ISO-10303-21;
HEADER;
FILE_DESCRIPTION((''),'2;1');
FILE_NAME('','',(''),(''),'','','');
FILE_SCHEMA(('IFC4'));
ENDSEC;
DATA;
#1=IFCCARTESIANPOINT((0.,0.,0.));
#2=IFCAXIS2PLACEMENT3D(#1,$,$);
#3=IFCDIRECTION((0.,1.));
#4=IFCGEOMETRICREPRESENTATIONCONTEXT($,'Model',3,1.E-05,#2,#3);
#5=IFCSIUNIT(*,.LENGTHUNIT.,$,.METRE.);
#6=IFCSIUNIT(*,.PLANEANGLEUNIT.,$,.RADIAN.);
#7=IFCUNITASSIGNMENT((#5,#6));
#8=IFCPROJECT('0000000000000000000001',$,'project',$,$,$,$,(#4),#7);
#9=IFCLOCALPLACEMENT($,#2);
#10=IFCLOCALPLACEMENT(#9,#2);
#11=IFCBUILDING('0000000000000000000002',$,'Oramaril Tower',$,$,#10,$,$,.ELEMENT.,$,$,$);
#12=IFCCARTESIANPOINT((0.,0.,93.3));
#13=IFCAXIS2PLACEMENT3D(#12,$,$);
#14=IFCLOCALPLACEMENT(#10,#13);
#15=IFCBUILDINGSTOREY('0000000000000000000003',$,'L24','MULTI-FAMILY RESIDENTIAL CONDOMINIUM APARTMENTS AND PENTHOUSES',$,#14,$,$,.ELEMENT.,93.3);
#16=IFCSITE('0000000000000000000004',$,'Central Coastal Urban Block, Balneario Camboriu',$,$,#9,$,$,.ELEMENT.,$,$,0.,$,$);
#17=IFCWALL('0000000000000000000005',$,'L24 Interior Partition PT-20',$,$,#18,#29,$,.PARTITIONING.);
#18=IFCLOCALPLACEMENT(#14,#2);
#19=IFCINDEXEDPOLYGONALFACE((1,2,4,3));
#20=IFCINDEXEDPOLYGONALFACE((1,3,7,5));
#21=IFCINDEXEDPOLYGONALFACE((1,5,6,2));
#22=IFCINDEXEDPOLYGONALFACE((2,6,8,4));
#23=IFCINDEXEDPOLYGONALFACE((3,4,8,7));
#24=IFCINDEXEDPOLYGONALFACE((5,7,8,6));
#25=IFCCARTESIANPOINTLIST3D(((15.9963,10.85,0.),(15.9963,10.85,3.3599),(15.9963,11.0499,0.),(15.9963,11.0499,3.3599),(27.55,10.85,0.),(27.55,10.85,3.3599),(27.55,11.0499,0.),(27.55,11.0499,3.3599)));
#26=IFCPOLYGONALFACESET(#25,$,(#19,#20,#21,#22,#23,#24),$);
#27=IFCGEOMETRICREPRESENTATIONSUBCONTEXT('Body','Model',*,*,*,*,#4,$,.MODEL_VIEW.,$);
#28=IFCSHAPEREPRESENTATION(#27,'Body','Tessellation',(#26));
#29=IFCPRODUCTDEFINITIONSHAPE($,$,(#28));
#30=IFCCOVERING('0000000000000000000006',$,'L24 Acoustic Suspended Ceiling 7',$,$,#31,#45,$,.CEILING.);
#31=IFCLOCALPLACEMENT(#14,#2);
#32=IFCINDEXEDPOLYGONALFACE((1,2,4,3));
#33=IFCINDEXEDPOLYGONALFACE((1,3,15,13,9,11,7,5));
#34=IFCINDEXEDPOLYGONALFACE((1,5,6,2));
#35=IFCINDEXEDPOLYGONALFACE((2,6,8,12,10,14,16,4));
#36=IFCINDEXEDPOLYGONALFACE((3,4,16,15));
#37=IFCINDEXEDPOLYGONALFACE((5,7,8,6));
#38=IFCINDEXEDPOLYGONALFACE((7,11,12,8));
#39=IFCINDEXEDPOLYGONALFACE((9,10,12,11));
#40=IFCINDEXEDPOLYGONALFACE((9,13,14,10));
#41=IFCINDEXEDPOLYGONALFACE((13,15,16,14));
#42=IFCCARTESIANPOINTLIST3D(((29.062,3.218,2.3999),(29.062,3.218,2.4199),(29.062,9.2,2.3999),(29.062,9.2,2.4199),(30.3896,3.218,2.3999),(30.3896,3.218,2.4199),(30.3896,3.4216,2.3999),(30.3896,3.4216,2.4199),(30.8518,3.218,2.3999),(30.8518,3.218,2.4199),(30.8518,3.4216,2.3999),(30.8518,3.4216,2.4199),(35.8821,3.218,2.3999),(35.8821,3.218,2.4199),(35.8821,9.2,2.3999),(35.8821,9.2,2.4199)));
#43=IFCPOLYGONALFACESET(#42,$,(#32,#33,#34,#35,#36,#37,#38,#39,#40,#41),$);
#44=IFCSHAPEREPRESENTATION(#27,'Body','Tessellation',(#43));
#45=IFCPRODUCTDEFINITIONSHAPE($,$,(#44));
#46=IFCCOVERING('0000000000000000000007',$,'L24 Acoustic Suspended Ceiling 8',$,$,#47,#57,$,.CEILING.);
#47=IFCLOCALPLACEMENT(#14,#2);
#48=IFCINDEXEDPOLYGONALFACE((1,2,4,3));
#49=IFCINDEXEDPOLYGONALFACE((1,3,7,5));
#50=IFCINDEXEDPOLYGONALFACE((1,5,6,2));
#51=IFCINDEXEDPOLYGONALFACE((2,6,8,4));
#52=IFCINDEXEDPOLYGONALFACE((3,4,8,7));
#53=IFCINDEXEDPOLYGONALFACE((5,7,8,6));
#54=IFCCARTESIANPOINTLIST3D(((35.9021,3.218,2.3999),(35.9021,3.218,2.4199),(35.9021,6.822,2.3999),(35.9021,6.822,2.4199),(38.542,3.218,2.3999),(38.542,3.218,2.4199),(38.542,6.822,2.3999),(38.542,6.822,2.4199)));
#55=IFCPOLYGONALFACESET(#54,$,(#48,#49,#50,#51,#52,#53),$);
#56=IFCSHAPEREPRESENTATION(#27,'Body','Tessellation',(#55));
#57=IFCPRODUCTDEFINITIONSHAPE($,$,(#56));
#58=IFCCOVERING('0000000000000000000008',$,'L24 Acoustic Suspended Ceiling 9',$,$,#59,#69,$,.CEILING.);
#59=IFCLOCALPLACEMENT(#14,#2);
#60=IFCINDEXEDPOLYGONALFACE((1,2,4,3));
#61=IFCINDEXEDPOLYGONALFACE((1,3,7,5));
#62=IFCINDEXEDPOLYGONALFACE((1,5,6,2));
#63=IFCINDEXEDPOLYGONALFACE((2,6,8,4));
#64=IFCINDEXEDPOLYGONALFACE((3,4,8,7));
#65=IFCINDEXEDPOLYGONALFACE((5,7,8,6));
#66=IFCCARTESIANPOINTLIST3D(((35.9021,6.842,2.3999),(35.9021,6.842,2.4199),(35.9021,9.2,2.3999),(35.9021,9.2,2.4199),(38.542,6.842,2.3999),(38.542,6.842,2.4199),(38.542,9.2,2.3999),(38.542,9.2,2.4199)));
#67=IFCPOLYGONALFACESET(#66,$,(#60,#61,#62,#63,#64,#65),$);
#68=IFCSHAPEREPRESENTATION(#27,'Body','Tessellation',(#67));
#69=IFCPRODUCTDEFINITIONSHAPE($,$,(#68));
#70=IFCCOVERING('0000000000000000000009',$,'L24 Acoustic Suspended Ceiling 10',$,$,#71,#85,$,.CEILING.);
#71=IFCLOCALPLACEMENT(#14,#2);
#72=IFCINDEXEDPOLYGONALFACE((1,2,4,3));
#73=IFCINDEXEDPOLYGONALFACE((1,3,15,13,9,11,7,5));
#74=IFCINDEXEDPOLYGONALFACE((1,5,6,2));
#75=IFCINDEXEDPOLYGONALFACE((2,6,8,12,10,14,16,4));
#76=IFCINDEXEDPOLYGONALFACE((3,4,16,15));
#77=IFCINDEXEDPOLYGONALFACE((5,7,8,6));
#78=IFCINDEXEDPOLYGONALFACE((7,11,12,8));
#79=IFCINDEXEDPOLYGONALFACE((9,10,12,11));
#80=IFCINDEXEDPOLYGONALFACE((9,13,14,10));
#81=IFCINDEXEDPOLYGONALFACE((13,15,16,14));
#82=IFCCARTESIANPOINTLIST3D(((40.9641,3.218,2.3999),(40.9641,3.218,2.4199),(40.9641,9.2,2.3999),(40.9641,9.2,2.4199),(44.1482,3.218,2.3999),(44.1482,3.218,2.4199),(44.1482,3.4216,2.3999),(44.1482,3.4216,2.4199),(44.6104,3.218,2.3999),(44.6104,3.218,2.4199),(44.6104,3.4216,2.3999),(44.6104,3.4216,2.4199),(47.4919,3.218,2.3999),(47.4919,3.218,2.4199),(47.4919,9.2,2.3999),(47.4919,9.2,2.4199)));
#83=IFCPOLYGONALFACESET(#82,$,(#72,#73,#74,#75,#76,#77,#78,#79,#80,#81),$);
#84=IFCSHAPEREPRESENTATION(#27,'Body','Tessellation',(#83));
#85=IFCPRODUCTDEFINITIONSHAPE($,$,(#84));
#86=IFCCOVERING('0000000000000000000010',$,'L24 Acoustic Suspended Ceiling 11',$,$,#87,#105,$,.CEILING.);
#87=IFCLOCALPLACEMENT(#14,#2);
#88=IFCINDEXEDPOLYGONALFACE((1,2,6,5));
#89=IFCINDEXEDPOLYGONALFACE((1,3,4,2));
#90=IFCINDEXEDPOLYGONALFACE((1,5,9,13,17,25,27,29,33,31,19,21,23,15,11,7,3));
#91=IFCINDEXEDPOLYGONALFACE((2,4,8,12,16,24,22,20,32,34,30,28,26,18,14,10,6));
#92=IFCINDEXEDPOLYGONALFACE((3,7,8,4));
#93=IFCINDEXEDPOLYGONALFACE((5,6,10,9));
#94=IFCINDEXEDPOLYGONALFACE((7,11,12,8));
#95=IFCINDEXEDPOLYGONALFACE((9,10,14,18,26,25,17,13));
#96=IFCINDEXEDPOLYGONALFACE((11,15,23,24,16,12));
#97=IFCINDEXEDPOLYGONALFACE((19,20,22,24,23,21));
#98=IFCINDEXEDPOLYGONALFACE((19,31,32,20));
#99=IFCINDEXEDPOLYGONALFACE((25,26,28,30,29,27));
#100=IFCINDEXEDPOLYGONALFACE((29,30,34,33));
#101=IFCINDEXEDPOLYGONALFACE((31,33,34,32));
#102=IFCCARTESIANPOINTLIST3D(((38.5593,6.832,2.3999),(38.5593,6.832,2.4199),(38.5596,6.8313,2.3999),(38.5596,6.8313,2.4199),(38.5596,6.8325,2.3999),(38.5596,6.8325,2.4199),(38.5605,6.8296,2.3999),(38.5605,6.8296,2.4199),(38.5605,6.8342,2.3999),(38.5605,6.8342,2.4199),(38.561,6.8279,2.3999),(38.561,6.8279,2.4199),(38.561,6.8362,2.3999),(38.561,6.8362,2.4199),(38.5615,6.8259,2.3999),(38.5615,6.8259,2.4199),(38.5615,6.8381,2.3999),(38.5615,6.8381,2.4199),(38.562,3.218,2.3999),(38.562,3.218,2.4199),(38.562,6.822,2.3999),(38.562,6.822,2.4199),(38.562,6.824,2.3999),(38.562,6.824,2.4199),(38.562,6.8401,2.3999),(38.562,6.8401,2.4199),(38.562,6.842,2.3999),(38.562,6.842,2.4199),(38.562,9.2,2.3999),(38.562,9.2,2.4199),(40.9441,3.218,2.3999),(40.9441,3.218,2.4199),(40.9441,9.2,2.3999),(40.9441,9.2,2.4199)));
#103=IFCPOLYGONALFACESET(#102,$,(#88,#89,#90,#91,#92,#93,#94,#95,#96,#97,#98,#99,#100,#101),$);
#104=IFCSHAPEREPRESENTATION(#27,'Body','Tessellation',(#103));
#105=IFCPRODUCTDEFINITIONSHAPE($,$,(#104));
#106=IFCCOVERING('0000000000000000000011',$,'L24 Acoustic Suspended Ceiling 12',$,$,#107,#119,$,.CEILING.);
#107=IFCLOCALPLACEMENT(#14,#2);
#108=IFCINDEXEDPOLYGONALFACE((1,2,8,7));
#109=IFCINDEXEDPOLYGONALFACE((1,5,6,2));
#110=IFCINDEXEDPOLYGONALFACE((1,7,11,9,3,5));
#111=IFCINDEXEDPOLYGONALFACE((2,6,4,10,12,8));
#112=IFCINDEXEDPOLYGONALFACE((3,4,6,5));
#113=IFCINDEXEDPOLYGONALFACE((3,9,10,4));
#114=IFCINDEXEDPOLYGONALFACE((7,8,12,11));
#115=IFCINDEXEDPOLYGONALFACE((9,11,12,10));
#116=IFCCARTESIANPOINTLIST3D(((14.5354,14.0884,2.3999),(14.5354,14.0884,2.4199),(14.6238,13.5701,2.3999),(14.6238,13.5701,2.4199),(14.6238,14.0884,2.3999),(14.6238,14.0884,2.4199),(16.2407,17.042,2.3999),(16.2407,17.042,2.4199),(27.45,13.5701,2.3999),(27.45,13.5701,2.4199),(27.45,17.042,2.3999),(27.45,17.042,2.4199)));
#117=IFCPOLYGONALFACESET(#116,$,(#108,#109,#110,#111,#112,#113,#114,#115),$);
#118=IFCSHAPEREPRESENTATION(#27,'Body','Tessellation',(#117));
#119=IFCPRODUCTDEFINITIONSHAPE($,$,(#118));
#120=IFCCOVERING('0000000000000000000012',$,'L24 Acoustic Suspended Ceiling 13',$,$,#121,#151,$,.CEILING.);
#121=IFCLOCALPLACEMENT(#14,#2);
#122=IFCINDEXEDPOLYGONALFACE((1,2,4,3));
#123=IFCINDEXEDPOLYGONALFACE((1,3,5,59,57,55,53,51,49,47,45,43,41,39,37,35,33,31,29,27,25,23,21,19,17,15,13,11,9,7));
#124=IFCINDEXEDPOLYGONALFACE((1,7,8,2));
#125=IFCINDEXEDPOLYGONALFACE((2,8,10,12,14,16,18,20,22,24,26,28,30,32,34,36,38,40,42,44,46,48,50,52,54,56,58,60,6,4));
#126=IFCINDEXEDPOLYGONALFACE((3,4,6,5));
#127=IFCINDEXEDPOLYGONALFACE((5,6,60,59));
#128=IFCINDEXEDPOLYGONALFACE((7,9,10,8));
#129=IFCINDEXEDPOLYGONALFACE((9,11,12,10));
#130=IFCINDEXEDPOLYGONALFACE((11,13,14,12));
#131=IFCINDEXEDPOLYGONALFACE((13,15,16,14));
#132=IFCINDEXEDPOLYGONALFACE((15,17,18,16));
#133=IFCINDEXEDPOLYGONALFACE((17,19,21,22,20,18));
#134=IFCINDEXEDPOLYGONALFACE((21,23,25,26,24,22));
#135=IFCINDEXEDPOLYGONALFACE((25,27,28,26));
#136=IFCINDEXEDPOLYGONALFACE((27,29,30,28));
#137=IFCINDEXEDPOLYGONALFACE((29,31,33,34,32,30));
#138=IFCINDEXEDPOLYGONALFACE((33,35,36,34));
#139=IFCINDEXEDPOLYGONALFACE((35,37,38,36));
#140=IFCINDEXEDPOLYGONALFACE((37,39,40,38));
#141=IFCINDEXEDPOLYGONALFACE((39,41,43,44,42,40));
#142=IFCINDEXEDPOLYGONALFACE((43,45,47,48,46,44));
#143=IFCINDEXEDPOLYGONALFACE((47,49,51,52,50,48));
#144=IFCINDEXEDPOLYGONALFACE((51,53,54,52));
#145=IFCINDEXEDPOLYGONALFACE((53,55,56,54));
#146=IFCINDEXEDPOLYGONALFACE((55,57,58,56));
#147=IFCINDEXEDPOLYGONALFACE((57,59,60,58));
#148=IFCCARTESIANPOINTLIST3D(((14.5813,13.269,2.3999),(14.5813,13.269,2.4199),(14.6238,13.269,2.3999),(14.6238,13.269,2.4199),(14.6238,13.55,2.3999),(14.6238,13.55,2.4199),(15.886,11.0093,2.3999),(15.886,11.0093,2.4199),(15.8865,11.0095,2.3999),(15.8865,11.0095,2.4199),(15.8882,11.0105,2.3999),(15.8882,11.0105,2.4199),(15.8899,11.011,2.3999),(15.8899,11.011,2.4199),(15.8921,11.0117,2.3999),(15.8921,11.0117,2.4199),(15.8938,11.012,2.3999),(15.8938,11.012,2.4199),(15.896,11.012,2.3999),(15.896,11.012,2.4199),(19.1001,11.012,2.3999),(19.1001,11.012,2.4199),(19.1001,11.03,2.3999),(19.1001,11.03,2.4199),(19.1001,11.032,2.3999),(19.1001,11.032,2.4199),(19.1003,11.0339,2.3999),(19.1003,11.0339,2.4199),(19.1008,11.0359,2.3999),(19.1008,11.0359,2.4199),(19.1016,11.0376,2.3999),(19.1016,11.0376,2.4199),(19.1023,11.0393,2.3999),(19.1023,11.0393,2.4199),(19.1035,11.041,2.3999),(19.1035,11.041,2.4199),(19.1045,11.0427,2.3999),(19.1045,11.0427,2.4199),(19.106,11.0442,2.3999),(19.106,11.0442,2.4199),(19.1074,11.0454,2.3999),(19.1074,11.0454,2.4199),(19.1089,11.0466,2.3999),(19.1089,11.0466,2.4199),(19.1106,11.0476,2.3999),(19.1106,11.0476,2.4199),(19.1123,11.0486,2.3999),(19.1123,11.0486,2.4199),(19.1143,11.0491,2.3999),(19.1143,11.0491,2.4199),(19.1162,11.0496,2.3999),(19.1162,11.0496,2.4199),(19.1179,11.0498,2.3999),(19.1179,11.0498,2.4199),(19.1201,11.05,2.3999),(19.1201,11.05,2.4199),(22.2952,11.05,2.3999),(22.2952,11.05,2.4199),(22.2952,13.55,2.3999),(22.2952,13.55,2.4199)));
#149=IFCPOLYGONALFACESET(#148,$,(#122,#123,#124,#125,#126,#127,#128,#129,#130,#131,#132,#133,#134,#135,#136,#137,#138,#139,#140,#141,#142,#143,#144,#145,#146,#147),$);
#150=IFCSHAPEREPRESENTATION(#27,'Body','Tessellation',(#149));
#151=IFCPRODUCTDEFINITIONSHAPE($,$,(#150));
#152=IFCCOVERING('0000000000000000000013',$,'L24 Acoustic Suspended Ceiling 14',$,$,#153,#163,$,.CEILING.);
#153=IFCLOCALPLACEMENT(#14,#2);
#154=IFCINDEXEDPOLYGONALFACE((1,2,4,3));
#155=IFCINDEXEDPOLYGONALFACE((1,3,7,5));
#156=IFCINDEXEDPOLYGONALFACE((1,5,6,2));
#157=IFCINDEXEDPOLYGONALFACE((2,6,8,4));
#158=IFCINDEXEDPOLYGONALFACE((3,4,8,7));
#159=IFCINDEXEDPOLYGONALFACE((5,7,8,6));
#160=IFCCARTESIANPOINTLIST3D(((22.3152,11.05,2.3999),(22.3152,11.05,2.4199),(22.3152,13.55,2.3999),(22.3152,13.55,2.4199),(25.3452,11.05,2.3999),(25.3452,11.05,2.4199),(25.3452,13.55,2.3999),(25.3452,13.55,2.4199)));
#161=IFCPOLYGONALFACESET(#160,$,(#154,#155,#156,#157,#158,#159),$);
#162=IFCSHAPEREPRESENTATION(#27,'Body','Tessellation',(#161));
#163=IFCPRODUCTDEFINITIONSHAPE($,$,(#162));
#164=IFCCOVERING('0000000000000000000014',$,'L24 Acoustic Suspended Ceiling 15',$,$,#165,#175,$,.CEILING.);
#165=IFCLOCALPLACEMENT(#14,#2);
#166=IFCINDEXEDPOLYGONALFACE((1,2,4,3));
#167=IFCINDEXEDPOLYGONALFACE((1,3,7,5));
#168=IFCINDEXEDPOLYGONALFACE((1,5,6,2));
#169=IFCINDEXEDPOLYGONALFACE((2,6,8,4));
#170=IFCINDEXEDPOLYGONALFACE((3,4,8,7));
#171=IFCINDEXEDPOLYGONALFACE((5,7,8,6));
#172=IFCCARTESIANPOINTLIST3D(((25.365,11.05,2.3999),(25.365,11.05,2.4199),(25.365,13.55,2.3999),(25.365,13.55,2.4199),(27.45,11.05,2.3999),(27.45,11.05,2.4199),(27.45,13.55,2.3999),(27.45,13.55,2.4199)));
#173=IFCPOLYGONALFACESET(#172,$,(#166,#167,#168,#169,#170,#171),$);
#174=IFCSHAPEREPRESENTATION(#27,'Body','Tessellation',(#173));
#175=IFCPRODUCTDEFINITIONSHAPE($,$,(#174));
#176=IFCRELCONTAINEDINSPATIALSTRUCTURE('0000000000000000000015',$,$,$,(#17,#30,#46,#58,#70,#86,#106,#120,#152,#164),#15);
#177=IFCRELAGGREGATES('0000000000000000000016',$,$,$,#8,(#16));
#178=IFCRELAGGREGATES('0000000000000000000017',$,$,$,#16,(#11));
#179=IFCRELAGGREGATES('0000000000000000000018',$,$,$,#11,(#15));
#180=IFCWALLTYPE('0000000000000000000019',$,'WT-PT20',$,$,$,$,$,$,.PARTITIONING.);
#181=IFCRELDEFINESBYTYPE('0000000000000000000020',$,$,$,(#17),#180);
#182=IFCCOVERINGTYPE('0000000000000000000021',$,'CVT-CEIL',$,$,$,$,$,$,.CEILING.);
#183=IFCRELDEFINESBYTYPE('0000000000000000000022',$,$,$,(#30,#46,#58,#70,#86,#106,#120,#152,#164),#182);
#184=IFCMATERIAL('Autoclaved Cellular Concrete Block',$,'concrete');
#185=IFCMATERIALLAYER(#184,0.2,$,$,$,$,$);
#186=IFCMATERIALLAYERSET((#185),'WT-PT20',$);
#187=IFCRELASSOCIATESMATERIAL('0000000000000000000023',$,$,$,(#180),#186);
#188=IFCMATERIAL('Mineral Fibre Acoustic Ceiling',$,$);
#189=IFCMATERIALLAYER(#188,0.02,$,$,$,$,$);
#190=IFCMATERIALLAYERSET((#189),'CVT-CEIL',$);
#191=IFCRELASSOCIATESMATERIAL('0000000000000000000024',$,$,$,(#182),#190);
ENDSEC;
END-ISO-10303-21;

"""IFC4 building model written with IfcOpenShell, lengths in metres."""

from ifc_helpers import new_model, si_unit, direction, frame, frame_2d, origin, place, context, subcontext, project, spatial, polyline, rectangle, outline, extrude, material, layer, layer_set, type_object, element, save


model = new_model("IFC4")

# Units and contexts
model_context = context("Model", 3, precision=1e-05, world=origin(), true_north=direction((0.0, 1.0)))
body_context = subcontext(model_context, "Body", "Model", "MODEL_VIEW")
ifc_project = project(units=[si_unit("LENGTHUNIT", "METRE"), si_unit("PLANEANGLEUNIT", "RADIAN")], contexts=[model_context])

# Site, building, storey
site_placement = place(None, origin())
site = spatial("IfcSite", under=ifc_project, at=site_placement, Name="Central Coastal Urban Block, Balneario Camboriu", CompositionType="ELEMENT", RefElevation=0.0)
building_placement = place(site_placement, origin())
building = spatial("IfcBuilding", under=site, at=building_placement, Name="Oramaril Tower", CompositionType="ELEMENT")
storey_placement = place(building_placement, frame((0.0, 0.0, 93.3)))
storey = spatial("IfcBuildingStorey", under=building, at=storey_placement, Name="L24", Description="MULTI-FAMILY RESIDENTIAL CONDOMINIUM APARTMENTS AND PENTHOUSES", CompositionType="ELEMENT", Elevation=93.3)

# Wall
ifc_material_1 = material(Name="Autoclaved Cellular Concrete Block", Category="concrete")
ifc_layer_1 = layer(ifc_material_1, 0.2)
ifc_layer_set_1 = layer_set([ifc_layer_1], Name="WT-PT20")
wall_type = type_object("IfcWallType", Name="WT-PT20", PredefinedType="PARTITIONING", material=ifc_layer_set_1)
wall_placement = place(storey_placement, frame((15.9963, 10.95, 0.0), z_axis=(0.0, 0.0, 1.0), x_axis=(1.0, 0.0, 0.0)))
element("IfcWall", 1, at=wall_placement, inside=storey, type_object=wall_type, Name="L24 Interior Partition PT-20", PredefinedType="PARTITIONING", context=body_context, shape_type="SweptSolid", body=[
    extrude(rectangle(XDim=11.5537, YDim=0.2, at=frame_2d((5.7769, 0.0))), origin(), (0.0, 0.0, 1.0), 3.3599),
])

# Coverings
ifc_material_2 = material(Name="Mineral Fibre Acoustic Ceiling")
ifc_layer_2 = layer(ifc_material_2, 0.02)
ifc_layer_set_2 = layer_set([ifc_layer_2], Name="CVT-CEIL")
covering_type_1 = type_object("IfcCoveringType", Name="CVT-CEIL", PredefinedType="CEILING", material=ifc_layer_set_2)
covering_1_placement = place(storey_placement, frame((0.0, 0.0, 2.3999)))
element("IfcCovering", 2, at=covering_1_placement, inside=storey, type_object=covering_type_1, Name="L24 Acoustic Suspended Ceiling 7", PredefinedType="CEILING", context=body_context, shape_type="SweptSolid", body=[
    extrude(outline(polyline([(35.8821, 3.218), (30.8518, 3.218), (30.8518, 3.4216), (30.3896, 3.4216), (30.3896, 3.218), (29.062, 3.218), (29.062, 9.2), (35.8821, 9.2), (35.8821, 3.218)])), origin(), (0.0, 0.0, 1.0), 0.02),
])
covering_2_placement = place(storey_placement, frame((0.0, 0.0, 2.3999)))
element("IfcCovering", 3, at=covering_2_placement, inside=storey, type_object=covering_type_1, Name="L24 Acoustic Suspended Ceiling 8", PredefinedType="CEILING", context=body_context, shape_type="SweptSolid", body=[
    extrude(outline(polyline([(38.542, 6.822), (38.542, 3.218), (35.9021, 3.218), (35.9021, 6.822), (38.542, 6.822)])), origin(), (0.0, 0.0, 1.0), 0.02),
])
covering_3_placement = place(storey_placement, frame((0.0, 0.0, 2.3999)))
element("IfcCovering", 4, at=covering_3_placement, inside=storey, type_object=covering_type_1, Name="L24 Acoustic Suspended Ceiling 9", PredefinedType="CEILING", context=body_context, shape_type="SweptSolid", body=[
    extrude(outline(polyline([(38.542, 6.842), (35.9021, 6.842), (35.9021, 9.2), (38.542, 9.2), (38.542, 6.842)])), origin(), (0.0, 0.0, 1.0), 0.02),
])
covering_4_placement = place(storey_placement, frame((0.0, 0.0, 2.3999)))
element("IfcCovering", 5, at=covering_4_placement, inside=storey, type_object=covering_type_1, Name="L24 Acoustic Suspended Ceiling 10", PredefinedType="CEILING", context=body_context, shape_type="SweptSolid", body=[
    extrude(outline(polyline([(44.6104, 3.4216), (44.1482, 3.4216), (44.1482, 3.218), (40.9641, 3.218), (40.9641, 9.2), (47.4919, 9.2), (47.4919, 3.218), (44.6104, 3.218), (44.6104, 3.4216)])), origin(), (0.0, 0.0, 1.0), 0.02),
])
covering_5_placement = place(storey_placement, frame((0.0, 0.0, 2.3999)))
element("IfcCovering", 6, at=covering_5_placement, inside=storey, type_object=covering_type_1, Name="L24 Acoustic Suspended Ceiling 11", PredefinedType="CEILING", context=body_context, shape_type="SweptSolid", body=[
    extrude(outline(polyline([(38.562, 3.218), (38.562, 6.822), (38.562, 6.824), (38.5615, 6.8259), (38.561, 6.8279), (38.5605, 6.8296), (38.5596, 6.8313), (38.5593, 6.832), (38.5596, 6.8325), (38.5605, 6.8342), (38.561, 6.8362), (38.5615, 6.8381), (38.562, 6.8401), (38.562, 6.842), (38.562, 9.2), (40.9441, 9.2), (40.9441, 3.218), (38.562, 3.218)])), origin(), (0.0, 0.0, 1.0), 0.02),
])
covering_6_placement = place(storey_placement, frame((0.0, 0.0, 2.3999)))
element("IfcCovering", 7, at=covering_6_placement, inside=storey, type_object=covering_type_1, Name="L24 Acoustic Suspended Ceiling 12", PredefinedType="CEILING", context=body_context, shape_type="SweptSolid", body=[
    extrude(outline(polyline([(14.6238, 13.5701), (14.6238, 14.0884), (14.5354, 14.0884), (16.2407, 17.042), (27.45, 17.042), (27.45, 13.5701), (14.6238, 13.5701)])), origin(), (0.0, 0.0, 1.0), 0.02),
])
covering_7_placement = place(storey_placement, frame((0.0, 0.0, 2.3999)))
element("IfcCovering", 8, at=covering_7_placement, inside=storey, type_object=covering_type_1, Name="L24 Acoustic Suspended Ceiling 13", PredefinedType="CEILING", context=body_context, shape_type="SweptSolid", body=[
    extrude(outline(polyline([(14.6238, 13.269), (14.6238, 13.55), (22.2952, 13.55), (22.2952, 11.05), (19.1201, 11.05), (19.1179, 11.0498), (19.1162, 11.0496), (19.1143, 11.0491), (19.1123, 11.0486), (19.1106, 11.0476), (19.1089, 11.0466), (19.1074, 11.0454), (19.106, 11.0442), (19.1045, 11.0427), (19.1035, 11.041), (19.1023, 11.0393), (19.1016, 11.0376), (19.1008, 11.0359), (19.1003, 11.0339), (19.1001, 11.032), (19.1001, 11.03), (19.1001, 11.012), (15.896, 11.012), (15.8938, 11.012), (15.8921, 11.0117), (15.8899, 11.011), (15.8882, 11.0105), (15.8865, 11.0095), (15.886, 11.0093), (14.5813, 13.269), (14.6238, 13.269)])), origin(), (0.0, 0.0, 1.0), 0.02),
])
covering_8_placement = place(storey_placement, frame((0.0, 0.0, 2.3999)))
element("IfcCovering", 9, at=covering_8_placement, inside=storey, type_object=covering_type_1, Name="L24 Acoustic Suspended Ceiling 14", PredefinedType="CEILING", context=body_context, shape_type="SweptSolid", body=[
    extrude(outline(polyline([(25.3452, 11.05), (22.3152, 11.05), (22.3152, 13.55), (25.3452, 13.55), (25.3452, 11.05)])), origin(), (0.0, 0.0, 1.0), 0.02),
])
covering_9_placement = place(storey_placement, frame((0.0, 0.0, 2.3999)))
element("IfcCovering", 10, at=covering_9_placement, inside=storey, type_object=covering_type_1, Name="L24 Acoustic Suspended Ceiling 15", PredefinedType="CEILING", context=body_context, shape_type="SweptSolid", body=[
    extrude(outline(polyline([(25.365, 13.55), (27.45, 13.55), (27.45, 11.05), (25.365, 11.05), (25.365, 13.55)])), origin(), (0.0, 0.0, 1.0), 0.02),
])

save(model, "model.ifc")
